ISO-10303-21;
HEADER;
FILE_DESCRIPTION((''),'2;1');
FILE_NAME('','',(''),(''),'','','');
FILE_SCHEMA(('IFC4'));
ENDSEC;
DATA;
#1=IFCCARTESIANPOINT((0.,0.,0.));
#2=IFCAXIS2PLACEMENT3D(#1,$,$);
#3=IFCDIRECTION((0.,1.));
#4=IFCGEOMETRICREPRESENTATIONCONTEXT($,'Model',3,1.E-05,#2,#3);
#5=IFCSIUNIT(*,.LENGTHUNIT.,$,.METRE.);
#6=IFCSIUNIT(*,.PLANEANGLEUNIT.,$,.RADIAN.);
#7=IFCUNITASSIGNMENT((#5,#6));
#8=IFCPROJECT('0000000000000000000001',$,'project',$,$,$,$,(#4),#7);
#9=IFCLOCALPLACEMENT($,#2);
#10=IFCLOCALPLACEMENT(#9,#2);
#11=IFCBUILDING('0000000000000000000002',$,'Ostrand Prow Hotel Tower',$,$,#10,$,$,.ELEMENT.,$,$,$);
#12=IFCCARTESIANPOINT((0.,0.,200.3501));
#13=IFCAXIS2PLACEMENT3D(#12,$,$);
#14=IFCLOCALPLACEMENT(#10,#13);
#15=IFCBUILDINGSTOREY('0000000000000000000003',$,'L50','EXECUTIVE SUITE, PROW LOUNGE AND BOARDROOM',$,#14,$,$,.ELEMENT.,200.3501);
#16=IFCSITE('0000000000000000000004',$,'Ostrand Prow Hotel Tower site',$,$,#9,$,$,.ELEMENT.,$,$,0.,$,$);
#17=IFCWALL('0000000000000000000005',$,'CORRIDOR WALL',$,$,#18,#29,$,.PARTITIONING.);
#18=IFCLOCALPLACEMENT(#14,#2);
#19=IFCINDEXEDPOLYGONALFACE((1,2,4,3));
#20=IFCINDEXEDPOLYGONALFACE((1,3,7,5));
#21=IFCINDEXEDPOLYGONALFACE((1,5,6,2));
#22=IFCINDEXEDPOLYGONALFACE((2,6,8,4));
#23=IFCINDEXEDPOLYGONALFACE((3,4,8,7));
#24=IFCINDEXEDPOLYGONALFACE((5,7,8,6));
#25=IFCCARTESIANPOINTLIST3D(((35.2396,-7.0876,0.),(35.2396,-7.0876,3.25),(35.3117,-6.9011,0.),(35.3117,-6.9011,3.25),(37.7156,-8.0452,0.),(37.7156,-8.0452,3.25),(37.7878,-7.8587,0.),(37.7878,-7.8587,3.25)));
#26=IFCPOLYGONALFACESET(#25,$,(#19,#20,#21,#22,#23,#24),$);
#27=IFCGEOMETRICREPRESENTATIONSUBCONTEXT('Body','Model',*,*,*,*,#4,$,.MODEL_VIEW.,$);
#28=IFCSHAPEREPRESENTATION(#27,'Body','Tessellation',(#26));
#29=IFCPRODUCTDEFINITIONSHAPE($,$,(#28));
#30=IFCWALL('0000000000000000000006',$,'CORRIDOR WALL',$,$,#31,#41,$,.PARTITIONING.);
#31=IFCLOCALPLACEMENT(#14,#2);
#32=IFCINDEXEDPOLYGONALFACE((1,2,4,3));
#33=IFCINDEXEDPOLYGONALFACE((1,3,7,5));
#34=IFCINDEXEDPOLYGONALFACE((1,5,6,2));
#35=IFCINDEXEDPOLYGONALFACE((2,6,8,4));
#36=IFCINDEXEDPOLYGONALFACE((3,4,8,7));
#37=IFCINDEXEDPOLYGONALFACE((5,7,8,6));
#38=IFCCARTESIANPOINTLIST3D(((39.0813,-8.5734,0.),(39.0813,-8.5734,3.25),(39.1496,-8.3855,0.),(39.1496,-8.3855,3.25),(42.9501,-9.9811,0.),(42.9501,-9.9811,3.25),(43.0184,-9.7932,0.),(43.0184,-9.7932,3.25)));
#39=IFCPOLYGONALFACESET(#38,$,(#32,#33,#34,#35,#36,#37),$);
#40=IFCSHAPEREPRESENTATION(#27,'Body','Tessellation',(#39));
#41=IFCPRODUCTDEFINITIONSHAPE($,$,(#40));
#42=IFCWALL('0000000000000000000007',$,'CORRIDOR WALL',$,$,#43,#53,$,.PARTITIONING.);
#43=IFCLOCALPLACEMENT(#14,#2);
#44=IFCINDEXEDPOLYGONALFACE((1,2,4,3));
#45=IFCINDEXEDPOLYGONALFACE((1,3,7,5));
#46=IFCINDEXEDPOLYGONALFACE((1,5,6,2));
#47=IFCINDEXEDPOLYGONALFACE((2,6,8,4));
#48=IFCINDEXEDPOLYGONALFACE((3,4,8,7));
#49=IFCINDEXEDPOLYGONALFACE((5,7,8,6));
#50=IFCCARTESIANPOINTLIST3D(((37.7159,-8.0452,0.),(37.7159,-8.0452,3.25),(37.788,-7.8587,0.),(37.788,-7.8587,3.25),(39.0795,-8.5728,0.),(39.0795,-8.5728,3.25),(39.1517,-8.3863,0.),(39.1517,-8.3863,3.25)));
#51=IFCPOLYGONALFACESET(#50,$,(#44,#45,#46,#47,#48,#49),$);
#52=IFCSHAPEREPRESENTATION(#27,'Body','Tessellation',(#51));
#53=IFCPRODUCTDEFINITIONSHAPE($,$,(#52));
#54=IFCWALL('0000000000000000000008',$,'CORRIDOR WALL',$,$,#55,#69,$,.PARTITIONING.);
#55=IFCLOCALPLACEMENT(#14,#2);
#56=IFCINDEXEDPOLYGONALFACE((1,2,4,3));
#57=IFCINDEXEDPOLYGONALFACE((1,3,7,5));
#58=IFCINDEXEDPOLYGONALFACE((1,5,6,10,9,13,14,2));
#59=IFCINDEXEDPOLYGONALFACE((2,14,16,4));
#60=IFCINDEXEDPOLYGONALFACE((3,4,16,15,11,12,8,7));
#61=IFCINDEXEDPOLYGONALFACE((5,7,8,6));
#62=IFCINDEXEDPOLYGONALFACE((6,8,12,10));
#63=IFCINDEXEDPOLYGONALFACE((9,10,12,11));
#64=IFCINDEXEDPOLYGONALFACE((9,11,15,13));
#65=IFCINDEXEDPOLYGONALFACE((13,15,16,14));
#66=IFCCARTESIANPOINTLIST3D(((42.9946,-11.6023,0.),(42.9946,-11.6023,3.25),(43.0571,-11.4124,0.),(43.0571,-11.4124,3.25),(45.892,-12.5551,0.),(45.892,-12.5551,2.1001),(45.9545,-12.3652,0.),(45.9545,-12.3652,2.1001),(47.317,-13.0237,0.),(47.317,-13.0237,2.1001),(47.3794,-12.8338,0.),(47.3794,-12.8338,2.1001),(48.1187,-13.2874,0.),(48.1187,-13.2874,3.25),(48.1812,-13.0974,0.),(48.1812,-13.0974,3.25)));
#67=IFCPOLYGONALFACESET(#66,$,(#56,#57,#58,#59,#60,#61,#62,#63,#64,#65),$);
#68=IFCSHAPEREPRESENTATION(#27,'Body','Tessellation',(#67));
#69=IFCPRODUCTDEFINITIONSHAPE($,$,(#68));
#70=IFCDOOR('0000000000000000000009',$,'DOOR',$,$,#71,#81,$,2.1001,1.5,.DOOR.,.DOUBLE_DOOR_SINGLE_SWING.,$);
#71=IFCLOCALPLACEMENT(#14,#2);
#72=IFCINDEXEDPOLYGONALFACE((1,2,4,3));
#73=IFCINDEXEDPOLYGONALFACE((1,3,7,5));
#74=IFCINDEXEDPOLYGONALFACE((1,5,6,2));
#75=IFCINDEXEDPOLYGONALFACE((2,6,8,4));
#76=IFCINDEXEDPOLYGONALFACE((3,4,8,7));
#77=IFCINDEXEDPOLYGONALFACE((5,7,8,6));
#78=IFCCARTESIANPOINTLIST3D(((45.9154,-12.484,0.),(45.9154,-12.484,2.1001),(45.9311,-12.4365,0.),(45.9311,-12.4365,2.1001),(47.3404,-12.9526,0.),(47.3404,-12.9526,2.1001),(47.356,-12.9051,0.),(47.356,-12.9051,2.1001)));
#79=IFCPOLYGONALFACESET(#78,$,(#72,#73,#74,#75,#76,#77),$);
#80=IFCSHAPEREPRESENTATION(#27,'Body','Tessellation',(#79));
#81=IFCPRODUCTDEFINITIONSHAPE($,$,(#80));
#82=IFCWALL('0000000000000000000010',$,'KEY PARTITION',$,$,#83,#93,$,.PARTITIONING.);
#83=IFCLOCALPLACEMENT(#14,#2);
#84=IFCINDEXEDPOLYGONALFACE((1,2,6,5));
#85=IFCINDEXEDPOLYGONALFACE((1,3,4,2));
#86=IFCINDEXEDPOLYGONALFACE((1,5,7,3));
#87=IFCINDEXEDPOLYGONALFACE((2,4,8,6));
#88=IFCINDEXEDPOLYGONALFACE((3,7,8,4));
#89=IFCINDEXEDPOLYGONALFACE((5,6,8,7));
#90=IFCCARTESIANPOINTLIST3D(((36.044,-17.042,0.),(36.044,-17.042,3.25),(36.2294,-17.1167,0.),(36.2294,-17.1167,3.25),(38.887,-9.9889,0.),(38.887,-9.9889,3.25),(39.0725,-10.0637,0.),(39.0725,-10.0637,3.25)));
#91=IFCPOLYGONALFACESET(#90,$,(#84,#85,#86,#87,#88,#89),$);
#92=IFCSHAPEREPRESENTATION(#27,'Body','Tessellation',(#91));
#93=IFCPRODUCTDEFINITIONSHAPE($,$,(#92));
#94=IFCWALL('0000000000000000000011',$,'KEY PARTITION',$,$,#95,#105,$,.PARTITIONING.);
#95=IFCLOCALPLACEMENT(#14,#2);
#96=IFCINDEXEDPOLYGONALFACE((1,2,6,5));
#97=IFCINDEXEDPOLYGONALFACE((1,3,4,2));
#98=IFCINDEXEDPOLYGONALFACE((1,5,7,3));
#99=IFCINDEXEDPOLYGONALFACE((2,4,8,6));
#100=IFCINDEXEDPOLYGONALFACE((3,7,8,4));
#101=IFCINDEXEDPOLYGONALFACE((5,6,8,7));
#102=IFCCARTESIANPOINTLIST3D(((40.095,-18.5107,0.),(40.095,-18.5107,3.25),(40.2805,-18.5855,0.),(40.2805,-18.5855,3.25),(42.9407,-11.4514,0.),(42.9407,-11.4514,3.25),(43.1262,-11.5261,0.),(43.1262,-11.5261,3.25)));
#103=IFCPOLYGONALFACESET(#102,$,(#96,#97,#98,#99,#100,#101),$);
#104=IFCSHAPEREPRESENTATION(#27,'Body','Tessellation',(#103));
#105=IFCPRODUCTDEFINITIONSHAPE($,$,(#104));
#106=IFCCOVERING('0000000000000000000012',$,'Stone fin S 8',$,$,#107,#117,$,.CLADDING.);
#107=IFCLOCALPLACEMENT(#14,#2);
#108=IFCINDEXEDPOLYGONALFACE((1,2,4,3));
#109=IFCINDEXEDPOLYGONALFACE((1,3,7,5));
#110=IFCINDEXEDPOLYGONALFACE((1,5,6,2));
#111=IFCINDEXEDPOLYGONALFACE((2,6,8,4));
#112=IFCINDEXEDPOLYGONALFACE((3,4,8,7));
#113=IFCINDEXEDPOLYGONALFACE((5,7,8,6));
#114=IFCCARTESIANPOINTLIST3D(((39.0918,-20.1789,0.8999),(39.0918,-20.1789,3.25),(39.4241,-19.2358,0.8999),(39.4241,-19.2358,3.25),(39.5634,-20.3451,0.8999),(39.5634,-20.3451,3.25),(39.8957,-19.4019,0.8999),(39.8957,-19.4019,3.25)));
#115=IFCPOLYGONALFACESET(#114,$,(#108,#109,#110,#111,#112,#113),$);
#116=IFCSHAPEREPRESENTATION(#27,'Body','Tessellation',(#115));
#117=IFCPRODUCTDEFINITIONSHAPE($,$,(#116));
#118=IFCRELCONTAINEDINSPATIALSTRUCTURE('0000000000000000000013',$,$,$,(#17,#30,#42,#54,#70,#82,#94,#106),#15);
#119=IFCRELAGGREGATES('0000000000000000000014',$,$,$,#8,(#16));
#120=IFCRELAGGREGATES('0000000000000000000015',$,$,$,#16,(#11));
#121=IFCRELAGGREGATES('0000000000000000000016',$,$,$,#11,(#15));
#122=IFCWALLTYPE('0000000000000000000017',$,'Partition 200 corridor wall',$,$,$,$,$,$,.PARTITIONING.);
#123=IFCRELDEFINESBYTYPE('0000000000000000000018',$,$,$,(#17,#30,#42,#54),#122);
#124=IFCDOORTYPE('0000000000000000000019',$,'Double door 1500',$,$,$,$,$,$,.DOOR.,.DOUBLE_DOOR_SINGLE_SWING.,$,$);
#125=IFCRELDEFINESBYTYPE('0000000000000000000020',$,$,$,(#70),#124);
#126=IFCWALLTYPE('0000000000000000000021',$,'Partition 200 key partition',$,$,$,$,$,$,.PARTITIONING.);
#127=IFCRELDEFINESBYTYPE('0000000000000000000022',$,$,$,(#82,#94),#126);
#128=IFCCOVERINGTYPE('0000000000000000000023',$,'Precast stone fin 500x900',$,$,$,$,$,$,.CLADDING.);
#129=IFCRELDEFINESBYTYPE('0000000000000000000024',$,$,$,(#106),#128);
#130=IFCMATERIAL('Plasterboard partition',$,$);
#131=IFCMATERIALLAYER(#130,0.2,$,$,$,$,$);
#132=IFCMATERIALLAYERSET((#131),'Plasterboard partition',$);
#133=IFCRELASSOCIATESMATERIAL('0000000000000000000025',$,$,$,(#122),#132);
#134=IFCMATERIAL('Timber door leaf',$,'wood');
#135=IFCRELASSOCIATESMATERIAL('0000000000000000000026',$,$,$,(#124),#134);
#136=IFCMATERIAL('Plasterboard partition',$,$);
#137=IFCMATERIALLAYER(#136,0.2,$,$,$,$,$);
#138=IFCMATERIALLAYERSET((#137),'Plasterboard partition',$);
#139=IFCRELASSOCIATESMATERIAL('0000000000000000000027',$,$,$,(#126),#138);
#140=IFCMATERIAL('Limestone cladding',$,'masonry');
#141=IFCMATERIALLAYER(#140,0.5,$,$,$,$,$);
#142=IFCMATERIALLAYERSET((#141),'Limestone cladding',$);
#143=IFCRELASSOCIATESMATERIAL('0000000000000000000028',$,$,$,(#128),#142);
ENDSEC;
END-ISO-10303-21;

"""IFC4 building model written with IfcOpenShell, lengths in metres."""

from ifc_helpers import new_model, si_unit, direction, frame, frame_2d, origin, place, context, subcontext, project, spatial, rectangle, extrude, material, layer, layer_set, type_object, element, fill, save


model = new_model("IFC4")

# Units and contexts
model_context = context("Model", 3, precision=1e-05, world=origin(), true_north=direction((0.0, 1.0)))
body_context = subcontext(model_context, "Body", "Model", "MODEL_VIEW")
ifc_project = project(units=[si_unit("LENGTHUNIT", "METRE"), si_unit("PLANEANGLEUNIT", "RADIAN")], contexts=[model_context])

# Site, building, storey
site_placement = place(None, origin())
site = spatial("IfcSite", under=ifc_project, at=site_placement, Name="Ostrand Prow Hotel Tower site", CompositionType="ELEMENT", RefElevation=0.0)
building_placement = place(site_placement, origin())
building = spatial("IfcBuilding", under=site, at=building_placement, Name="Ostrand Prow Hotel Tower", CompositionType="ELEMENT")
storey_placement = place(building_placement, frame((0.0, 0.0, 200.3501)))
storey = spatial("IfcBuildingStorey", under=building, at=storey_placement, Name="L50", Description="EXECUTIVE SUITE, PROW LOUNGE AND BOARDROOM", CompositionType="ELEMENT", Elevation=200.3501)

# Shared definitions
ifc_material_1 = material(Name="Plasterboard partition")
ifc_layer_1 = layer(ifc_material_1, 0.2)
ifc_layer_set_1 = layer_set([ifc_layer_1], Name="Plasterboard partition")
wall_type_1 = type_object("IfcWallType", Name="Partition 200 corridor wall", PredefinedType="PARTITIONING", material=ifc_layer_set_1)

# Walls
wall_1_placement = place(storey_placement, frame((37.7517, -7.9519, 0.0), z_axis=(0.0, 0.0, 1.0), x_axis=(-0.93269, 0.360679, 0.0)))
element("IfcWall", 1, at=wall_1_placement, inside=storey, type_object=wall_type_1, Name="CORRIDOR WALL", PredefinedType="PARTITIONING", context=body_context, shape_type="SweptSolid", body=[
    extrude(rectangle(XDim=2.6548, YDim=0.2, at=frame_2d((1.3274, 0.0))), origin(), (0.0, 0.0, 1.0), 3.25),
])
wall_2_placement = place(storey_placement, frame((42.9844, -9.8872, 0.0), z_axis=(0.0, 0.0, 1.0), x_axis=(-0.939728, 0.341924, 0.0)))
element("IfcWall", 2, at=wall_2_placement, inside=storey, type_object=wall_type_1, Name="CORRIDOR WALL", PredefinedType="PARTITIONING", context=body_context, shape_type="SweptSolid", body=[
    extrude(rectangle(XDim=4.1169, YDim=0.2, at=frame_2d((2.0586, 0.0))), origin(), (0.0, 0.0, 1.0), 3.25),
])
wall_3_placement = place(storey_placement, frame((39.1155, -8.4795, 0.0), z_axis=(0.0, 0.0, 1.0), x_axis=(-0.932642, 0.360802, 0.0)))
element("IfcWall", 3, at=wall_3_placement, inside=storey, type_object=wall_type_1, Name="CORRIDOR WALL", PredefinedType="PARTITIONING", context=body_context, shape_type="SweptSolid", body=[
    extrude(rectangle(XDim=1.4622, YDim=0.2, at=frame_2d((0.731, 0.0))), origin(), (0.0, 0.0, 1.0), 3.25),
])

# Wall, opening, door
wall_4_placement = place(storey_placement, frame((43.0259, -11.5073, 0.0), z_axis=(0.0, 0.0, 1.0), x_axis=(0.949952, -0.312396, 0.0)))
wall_4 = element("IfcWall", 4, at=wall_4_placement, inside=storey, type_object=wall_type_1, Name="CORRIDOR WALL", PredefinedType="PARTITIONING", context=body_context, shape_type="SweptSolid", body=[
    extrude(rectangle(XDim=5.394, YDim=0.2, at=frame_2d((2.697, 0.0))), origin(), (0.0, 0.0, 1.0), 3.25),
])
opening_1_placement = place(wall_4_placement, frame((3.05, 0.0, 0.0)))
opening_1 = element("IfcOpeningElement", 5, at=opening_1_placement, cuts=wall_4, PredefinedType="OPENING", context=body_context, shape_type="SweptSolid", body=[
    extrude(rectangle(XDim=1.5, YDim=2.1001, at=frame_2d((0.75, 1.05))), frame((0.0, 0.1099, 0.0), z_axis=(0.0, -1.0, 0.0), x_axis=(1.0, 0.0, 0.0)), (0.0, 0.0, 1.0), 0.22),
])
ifc_material_2 = material(Name="Timber door leaf", Category="wood")
door_type_1 = type_object("IfcDoorType", Name="Double door 1500", OperationType="DOUBLE_DOOR_SINGLE_SWING", PredefinedType="DOOR", material=ifc_material_2)
door_1_placement = place(opening_1_placement, origin())
door_1 = element("IfcDoor", 6, at=door_1_placement, inside=storey, type_object=door_type_1, Name="DOOR", OperationType="DOUBLE_DOOR_SINGLE_SWING", OverallHeight=2.1001, OverallWidth=1.5, PredefinedType="DOOR", context=body_context, shape_type="SweptSolid", body=[
    extrude(rectangle(XDim=1.5, YDim=2.1001, at=frame_2d((0.75, 1.05))), frame((0.0, 0.0249, 0.0), z_axis=(0.0, -1.0, 0.0), x_axis=(1.0, 0.0, 0.0)), (0.0, 0.0, 1.0), 0.05),
])
fill(opening_1, door_1)

# Walls
ifc_material_3 = material(Name="Plasterboard partition")
ifc_layer_2 = layer(ifc_material_3, 0.2)
ifc_layer_set_2 = layer_set([ifc_layer_2], Name="Plasterboard partition")
wall_type_2 = type_object("IfcWallType", Name="Partition 200 key partition", PredefinedType="PARTITIONING", material=ifc_layer_set_2)
wall_5_placement = place(storey_placement, frame((36.1367, -17.0793, 0.0), z_axis=(0.0, 0.0, 1.0), x_axis=(0.373864, 0.927484, 0.0)))
element("IfcWall", 7, at=wall_5_placement, inside=storey, type_object=wall_type_2, Name="KEY PARTITION", PredefinedType="PARTITIONING", context=body_context, shape_type="SweptSolid", body=[
    extrude(rectangle(XDim=7.6045, YDim=0.2, at=frame_2d((3.8022, 0.0))), origin(), (0.0, 0.0, 1.0), 3.25),
])
wall_6_placement = place(storey_placement, frame((40.1877, -18.5481, 0.0), z_axis=(0.0, 0.0, 1.0), x_axis=(0.373878, 0.927478, 0.0)))
element("IfcWall", 8, at=wall_6_placement, inside=storey, type_object=wall_type_2, Name="KEY PARTITION", PredefinedType="PARTITIONING", context=body_context, shape_type="SweptSolid", body=[
    extrude(rectangle(XDim=7.6113, YDim=0.2, at=frame_2d((3.8057, 0.0))), origin(), (0.0, 0.0, 1.0), 3.25),
])

# Covering
ifc_material_4 = material(Name="Limestone cladding", Category="masonry")
ifc_layer_3 = layer(ifc_material_4, 0.5)
ifc_layer_set_3 = layer_set([ifc_layer_3], Name="Limestone cladding")
covering_type = type_object("IfcCoveringType", Name="Precast stone fin 500x900", PredefinedType="CLADDING", material=ifc_layer_set_3)
covering_placement = place(storey_placement, frame((39.6599, -19.3188, 0.8999), z_axis=(0.0, 0.0, 1.0), x_axis=(-0.332296, -0.943175, 0.0)))
element("IfcCovering", 9, at=covering_placement, inside=storey, type_object=covering_type, Name="Stone fin S 8", PredefinedType="CLADDING", context=body_context, shape_type="SweptSolid", body=[
    extrude(rectangle(XDim=1.0, YDim=0.5, at=frame_2d((0.5, 0.0))), origin(), (0.0, 0.0, 1.0), 2.3501),
])

save(model, "model.ifc")
